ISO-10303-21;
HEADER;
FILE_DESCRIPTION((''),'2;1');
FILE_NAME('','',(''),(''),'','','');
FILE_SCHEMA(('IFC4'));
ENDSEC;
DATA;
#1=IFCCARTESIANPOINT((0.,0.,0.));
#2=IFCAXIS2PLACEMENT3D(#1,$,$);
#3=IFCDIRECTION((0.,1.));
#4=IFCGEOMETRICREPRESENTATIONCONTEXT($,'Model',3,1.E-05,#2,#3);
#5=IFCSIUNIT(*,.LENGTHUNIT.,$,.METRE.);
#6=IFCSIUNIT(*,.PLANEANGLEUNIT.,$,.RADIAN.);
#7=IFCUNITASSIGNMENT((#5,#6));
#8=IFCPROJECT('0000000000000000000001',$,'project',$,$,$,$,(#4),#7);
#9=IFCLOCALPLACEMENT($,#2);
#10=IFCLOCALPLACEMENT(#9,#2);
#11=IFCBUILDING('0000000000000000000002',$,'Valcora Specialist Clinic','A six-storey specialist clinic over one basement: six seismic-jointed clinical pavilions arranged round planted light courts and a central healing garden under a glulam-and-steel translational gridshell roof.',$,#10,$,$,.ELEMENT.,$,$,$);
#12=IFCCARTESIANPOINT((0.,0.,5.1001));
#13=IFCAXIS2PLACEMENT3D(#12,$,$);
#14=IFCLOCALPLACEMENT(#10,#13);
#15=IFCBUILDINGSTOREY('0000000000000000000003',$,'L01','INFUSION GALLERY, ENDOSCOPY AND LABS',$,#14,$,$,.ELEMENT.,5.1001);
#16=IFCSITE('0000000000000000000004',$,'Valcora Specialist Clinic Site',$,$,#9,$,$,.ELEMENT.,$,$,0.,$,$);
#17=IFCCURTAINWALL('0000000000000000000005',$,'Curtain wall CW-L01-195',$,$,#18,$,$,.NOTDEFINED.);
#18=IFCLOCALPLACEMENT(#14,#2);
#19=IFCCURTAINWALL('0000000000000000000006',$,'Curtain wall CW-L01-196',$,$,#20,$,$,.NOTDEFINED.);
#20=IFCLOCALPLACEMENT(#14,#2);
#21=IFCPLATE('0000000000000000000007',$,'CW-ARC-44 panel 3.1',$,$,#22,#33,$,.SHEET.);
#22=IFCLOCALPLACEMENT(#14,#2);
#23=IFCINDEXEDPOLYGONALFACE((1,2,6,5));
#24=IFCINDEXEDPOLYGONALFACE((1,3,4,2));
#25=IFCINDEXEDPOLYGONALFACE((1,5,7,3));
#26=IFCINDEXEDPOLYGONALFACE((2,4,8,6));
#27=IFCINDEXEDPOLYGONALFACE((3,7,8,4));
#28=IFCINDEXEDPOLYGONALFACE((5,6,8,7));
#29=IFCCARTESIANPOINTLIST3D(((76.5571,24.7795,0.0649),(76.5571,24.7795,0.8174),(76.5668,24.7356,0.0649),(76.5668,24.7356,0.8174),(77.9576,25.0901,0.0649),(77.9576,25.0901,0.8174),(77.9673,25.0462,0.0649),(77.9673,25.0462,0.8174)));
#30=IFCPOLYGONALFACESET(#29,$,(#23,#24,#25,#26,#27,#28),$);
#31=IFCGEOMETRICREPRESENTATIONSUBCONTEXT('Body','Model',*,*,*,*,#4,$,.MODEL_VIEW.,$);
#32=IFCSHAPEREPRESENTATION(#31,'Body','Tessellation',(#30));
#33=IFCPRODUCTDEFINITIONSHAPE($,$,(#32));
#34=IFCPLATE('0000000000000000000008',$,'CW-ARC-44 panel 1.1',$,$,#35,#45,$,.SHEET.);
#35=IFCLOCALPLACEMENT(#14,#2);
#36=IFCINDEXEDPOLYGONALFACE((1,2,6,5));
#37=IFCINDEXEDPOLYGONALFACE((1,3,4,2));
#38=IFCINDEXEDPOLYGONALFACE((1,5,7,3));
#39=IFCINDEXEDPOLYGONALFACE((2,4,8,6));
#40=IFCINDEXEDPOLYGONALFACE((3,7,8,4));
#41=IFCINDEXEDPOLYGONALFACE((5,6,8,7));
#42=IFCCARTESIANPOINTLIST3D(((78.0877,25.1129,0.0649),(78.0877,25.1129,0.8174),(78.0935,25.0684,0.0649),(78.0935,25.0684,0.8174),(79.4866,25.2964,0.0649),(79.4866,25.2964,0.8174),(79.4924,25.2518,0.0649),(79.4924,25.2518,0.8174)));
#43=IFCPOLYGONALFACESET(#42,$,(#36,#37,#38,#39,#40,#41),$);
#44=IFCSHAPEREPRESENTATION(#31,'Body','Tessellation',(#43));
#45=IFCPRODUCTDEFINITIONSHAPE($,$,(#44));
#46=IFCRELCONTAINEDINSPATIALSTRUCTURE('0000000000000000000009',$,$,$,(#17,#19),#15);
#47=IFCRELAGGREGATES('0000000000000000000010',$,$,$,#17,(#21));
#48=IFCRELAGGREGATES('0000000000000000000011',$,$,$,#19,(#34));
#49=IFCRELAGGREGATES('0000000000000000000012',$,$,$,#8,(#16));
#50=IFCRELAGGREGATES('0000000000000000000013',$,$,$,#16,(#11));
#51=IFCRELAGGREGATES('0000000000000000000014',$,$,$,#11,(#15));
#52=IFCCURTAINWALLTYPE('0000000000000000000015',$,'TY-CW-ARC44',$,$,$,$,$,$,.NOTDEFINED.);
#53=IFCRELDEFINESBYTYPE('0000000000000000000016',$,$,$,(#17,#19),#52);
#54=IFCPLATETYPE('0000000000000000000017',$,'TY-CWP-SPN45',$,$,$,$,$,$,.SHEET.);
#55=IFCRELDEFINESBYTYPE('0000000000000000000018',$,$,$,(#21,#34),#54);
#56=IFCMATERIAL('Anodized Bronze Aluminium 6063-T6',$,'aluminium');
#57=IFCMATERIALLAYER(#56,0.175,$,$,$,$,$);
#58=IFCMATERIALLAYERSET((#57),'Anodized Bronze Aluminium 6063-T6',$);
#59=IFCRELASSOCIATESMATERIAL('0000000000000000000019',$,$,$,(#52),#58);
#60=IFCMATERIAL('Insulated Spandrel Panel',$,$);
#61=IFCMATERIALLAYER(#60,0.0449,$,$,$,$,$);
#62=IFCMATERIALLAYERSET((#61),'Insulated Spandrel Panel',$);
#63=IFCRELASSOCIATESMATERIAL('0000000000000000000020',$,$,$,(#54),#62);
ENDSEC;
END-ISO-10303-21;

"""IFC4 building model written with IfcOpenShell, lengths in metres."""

from ifc_helpers import new_model, si_unit, direction, frame, origin, origin_2d, place, context, subcontext, project, spatial, rectangle, extrude, material, layer, layer_set, type_object, element, aggregate, save


model = new_model("IFC4")

# Units and contexts
model_context = context("Model", 3, precision=1e-05, world=origin(), true_north=direction((0.0, 1.0)))
body_context = subcontext(model_context, "Body", "Model", "MODEL_VIEW")
ifc_project = project(units=[si_unit("LENGTHUNIT", "METRE"), si_unit("PLANEANGLEUNIT", "RADIAN")], contexts=[model_context])

# Site, building, storey
site_placement = place(None, origin())
site = spatial("IfcSite", under=ifc_project, at=site_placement, Name="Valcora Specialist Clinic Site", CompositionType="ELEMENT", RefElevation=0.0)
building_placement = place(site_placement, origin())
building = spatial("IfcBuilding", under=site, at=building_placement, Name="Valcora Specialist Clinic", Description="A six-storey specialist clinic over one basement: six seismic-jointed clinical pavilions arranged round planted light courts and a central healing garden under a glulam-and-steel translational gridshell roof.", CompositionType="ELEMENT")
storey_placement = place(building_placement, frame((0.0, 0.0, 5.1001)))
storey = spatial("IfcBuildingStorey", under=building, at=storey_placement, Name="L01", Description="INFUSION GALLERY, ENDOSCOPY AND LABS", CompositionType="ELEMENT", Elevation=5.1001)

# Curtain wall
ifc_material_1 = material(Name="Anodized Bronze Aluminium 6063-T6", Category="aluminium")
ifc_layer_1 = layer(ifc_material_1, 0.175)
ifc_layer_set_1 = layer_set([ifc_layer_1], Name="Anodized Bronze Aluminium 6063-T6")
curtain_wall_type = type_object("IfcCurtainWallType", Name="TY-CW-ARC44", PredefinedType="NOTDEFINED", material=ifc_layer_set_1)
curtain_wall_1_placement = place(storey_placement, origin())
curtain_wall_1 = element("IfcCurtainWall", 1, at=curtain_wall_1_placement, inside=storey, type_object=curtain_wall_type, Name="Curtain wall CW-L01-195", PredefinedType="NOTDEFINED")

# Curtain wall
curtain_wall_2_placement = place(storey_placement, origin())
curtain_wall_2 = element("IfcCurtainWall", 2, at=curtain_wall_2_placement, inside=storey, type_object=curtain_wall_type, Name="Curtain wall CW-L01-196", PredefinedType="NOTDEFINED")

# Plates
ifc_material_2 = material(Name="Insulated Spandrel Panel")
ifc_layer_2 = layer(ifc_material_2, 0.0449)
ifc_layer_set_2 = layer_set([ifc_layer_2], Name="Insulated Spandrel Panel")
plate_type_1 = type_object("IfcPlateType", Name="TY-CWP-SPN45", PredefinedType="SHEET", material=ifc_layer_set_2)
plate_1_placement = place(storey_placement, frame((77.2622, 24.9128, 0.0649), z_axis=(0.0, 0.0, 1.0), x_axis=(0.976279, 0.216518, 0.0)))
plate_1 = element("IfcPlate", 3, at=plate_1_placement, type_object=plate_type_1, Name="CW-ARC-44 panel 3.1", PredefinedType="SHEET", context=body_context, shape_type="SweptSolid", body=[
    extrude(rectangle(XDim=1.4346, YDim=0.0449, at=origin_2d()), origin(), (0.0, 0.0, 1.0), 0.7524),
])
aggregate(curtain_wall_1, [plate_1])
plate_2_placement = place(storey_placement, frame((78.79, 25.1824, 0.0649), z_axis=(0.0, 0.0, 1.0), x_axis=(0.991514, 0.129999, 0.0)))
plate_2 = element("IfcPlate", 4, at=plate_2_placement, type_object=plate_type_1, Name="CW-ARC-44 panel 1.1", PredefinedType="SHEET", context=body_context, shape_type="SweptSolid", body=[
    extrude(rectangle(XDim=1.4109, YDim=0.0449, at=origin_2d()), origin(), (0.0, 0.0, 1.0), 0.7524),
])
aggregate(curtain_wall_2, [plate_2])

save(model, "model.ifc")
